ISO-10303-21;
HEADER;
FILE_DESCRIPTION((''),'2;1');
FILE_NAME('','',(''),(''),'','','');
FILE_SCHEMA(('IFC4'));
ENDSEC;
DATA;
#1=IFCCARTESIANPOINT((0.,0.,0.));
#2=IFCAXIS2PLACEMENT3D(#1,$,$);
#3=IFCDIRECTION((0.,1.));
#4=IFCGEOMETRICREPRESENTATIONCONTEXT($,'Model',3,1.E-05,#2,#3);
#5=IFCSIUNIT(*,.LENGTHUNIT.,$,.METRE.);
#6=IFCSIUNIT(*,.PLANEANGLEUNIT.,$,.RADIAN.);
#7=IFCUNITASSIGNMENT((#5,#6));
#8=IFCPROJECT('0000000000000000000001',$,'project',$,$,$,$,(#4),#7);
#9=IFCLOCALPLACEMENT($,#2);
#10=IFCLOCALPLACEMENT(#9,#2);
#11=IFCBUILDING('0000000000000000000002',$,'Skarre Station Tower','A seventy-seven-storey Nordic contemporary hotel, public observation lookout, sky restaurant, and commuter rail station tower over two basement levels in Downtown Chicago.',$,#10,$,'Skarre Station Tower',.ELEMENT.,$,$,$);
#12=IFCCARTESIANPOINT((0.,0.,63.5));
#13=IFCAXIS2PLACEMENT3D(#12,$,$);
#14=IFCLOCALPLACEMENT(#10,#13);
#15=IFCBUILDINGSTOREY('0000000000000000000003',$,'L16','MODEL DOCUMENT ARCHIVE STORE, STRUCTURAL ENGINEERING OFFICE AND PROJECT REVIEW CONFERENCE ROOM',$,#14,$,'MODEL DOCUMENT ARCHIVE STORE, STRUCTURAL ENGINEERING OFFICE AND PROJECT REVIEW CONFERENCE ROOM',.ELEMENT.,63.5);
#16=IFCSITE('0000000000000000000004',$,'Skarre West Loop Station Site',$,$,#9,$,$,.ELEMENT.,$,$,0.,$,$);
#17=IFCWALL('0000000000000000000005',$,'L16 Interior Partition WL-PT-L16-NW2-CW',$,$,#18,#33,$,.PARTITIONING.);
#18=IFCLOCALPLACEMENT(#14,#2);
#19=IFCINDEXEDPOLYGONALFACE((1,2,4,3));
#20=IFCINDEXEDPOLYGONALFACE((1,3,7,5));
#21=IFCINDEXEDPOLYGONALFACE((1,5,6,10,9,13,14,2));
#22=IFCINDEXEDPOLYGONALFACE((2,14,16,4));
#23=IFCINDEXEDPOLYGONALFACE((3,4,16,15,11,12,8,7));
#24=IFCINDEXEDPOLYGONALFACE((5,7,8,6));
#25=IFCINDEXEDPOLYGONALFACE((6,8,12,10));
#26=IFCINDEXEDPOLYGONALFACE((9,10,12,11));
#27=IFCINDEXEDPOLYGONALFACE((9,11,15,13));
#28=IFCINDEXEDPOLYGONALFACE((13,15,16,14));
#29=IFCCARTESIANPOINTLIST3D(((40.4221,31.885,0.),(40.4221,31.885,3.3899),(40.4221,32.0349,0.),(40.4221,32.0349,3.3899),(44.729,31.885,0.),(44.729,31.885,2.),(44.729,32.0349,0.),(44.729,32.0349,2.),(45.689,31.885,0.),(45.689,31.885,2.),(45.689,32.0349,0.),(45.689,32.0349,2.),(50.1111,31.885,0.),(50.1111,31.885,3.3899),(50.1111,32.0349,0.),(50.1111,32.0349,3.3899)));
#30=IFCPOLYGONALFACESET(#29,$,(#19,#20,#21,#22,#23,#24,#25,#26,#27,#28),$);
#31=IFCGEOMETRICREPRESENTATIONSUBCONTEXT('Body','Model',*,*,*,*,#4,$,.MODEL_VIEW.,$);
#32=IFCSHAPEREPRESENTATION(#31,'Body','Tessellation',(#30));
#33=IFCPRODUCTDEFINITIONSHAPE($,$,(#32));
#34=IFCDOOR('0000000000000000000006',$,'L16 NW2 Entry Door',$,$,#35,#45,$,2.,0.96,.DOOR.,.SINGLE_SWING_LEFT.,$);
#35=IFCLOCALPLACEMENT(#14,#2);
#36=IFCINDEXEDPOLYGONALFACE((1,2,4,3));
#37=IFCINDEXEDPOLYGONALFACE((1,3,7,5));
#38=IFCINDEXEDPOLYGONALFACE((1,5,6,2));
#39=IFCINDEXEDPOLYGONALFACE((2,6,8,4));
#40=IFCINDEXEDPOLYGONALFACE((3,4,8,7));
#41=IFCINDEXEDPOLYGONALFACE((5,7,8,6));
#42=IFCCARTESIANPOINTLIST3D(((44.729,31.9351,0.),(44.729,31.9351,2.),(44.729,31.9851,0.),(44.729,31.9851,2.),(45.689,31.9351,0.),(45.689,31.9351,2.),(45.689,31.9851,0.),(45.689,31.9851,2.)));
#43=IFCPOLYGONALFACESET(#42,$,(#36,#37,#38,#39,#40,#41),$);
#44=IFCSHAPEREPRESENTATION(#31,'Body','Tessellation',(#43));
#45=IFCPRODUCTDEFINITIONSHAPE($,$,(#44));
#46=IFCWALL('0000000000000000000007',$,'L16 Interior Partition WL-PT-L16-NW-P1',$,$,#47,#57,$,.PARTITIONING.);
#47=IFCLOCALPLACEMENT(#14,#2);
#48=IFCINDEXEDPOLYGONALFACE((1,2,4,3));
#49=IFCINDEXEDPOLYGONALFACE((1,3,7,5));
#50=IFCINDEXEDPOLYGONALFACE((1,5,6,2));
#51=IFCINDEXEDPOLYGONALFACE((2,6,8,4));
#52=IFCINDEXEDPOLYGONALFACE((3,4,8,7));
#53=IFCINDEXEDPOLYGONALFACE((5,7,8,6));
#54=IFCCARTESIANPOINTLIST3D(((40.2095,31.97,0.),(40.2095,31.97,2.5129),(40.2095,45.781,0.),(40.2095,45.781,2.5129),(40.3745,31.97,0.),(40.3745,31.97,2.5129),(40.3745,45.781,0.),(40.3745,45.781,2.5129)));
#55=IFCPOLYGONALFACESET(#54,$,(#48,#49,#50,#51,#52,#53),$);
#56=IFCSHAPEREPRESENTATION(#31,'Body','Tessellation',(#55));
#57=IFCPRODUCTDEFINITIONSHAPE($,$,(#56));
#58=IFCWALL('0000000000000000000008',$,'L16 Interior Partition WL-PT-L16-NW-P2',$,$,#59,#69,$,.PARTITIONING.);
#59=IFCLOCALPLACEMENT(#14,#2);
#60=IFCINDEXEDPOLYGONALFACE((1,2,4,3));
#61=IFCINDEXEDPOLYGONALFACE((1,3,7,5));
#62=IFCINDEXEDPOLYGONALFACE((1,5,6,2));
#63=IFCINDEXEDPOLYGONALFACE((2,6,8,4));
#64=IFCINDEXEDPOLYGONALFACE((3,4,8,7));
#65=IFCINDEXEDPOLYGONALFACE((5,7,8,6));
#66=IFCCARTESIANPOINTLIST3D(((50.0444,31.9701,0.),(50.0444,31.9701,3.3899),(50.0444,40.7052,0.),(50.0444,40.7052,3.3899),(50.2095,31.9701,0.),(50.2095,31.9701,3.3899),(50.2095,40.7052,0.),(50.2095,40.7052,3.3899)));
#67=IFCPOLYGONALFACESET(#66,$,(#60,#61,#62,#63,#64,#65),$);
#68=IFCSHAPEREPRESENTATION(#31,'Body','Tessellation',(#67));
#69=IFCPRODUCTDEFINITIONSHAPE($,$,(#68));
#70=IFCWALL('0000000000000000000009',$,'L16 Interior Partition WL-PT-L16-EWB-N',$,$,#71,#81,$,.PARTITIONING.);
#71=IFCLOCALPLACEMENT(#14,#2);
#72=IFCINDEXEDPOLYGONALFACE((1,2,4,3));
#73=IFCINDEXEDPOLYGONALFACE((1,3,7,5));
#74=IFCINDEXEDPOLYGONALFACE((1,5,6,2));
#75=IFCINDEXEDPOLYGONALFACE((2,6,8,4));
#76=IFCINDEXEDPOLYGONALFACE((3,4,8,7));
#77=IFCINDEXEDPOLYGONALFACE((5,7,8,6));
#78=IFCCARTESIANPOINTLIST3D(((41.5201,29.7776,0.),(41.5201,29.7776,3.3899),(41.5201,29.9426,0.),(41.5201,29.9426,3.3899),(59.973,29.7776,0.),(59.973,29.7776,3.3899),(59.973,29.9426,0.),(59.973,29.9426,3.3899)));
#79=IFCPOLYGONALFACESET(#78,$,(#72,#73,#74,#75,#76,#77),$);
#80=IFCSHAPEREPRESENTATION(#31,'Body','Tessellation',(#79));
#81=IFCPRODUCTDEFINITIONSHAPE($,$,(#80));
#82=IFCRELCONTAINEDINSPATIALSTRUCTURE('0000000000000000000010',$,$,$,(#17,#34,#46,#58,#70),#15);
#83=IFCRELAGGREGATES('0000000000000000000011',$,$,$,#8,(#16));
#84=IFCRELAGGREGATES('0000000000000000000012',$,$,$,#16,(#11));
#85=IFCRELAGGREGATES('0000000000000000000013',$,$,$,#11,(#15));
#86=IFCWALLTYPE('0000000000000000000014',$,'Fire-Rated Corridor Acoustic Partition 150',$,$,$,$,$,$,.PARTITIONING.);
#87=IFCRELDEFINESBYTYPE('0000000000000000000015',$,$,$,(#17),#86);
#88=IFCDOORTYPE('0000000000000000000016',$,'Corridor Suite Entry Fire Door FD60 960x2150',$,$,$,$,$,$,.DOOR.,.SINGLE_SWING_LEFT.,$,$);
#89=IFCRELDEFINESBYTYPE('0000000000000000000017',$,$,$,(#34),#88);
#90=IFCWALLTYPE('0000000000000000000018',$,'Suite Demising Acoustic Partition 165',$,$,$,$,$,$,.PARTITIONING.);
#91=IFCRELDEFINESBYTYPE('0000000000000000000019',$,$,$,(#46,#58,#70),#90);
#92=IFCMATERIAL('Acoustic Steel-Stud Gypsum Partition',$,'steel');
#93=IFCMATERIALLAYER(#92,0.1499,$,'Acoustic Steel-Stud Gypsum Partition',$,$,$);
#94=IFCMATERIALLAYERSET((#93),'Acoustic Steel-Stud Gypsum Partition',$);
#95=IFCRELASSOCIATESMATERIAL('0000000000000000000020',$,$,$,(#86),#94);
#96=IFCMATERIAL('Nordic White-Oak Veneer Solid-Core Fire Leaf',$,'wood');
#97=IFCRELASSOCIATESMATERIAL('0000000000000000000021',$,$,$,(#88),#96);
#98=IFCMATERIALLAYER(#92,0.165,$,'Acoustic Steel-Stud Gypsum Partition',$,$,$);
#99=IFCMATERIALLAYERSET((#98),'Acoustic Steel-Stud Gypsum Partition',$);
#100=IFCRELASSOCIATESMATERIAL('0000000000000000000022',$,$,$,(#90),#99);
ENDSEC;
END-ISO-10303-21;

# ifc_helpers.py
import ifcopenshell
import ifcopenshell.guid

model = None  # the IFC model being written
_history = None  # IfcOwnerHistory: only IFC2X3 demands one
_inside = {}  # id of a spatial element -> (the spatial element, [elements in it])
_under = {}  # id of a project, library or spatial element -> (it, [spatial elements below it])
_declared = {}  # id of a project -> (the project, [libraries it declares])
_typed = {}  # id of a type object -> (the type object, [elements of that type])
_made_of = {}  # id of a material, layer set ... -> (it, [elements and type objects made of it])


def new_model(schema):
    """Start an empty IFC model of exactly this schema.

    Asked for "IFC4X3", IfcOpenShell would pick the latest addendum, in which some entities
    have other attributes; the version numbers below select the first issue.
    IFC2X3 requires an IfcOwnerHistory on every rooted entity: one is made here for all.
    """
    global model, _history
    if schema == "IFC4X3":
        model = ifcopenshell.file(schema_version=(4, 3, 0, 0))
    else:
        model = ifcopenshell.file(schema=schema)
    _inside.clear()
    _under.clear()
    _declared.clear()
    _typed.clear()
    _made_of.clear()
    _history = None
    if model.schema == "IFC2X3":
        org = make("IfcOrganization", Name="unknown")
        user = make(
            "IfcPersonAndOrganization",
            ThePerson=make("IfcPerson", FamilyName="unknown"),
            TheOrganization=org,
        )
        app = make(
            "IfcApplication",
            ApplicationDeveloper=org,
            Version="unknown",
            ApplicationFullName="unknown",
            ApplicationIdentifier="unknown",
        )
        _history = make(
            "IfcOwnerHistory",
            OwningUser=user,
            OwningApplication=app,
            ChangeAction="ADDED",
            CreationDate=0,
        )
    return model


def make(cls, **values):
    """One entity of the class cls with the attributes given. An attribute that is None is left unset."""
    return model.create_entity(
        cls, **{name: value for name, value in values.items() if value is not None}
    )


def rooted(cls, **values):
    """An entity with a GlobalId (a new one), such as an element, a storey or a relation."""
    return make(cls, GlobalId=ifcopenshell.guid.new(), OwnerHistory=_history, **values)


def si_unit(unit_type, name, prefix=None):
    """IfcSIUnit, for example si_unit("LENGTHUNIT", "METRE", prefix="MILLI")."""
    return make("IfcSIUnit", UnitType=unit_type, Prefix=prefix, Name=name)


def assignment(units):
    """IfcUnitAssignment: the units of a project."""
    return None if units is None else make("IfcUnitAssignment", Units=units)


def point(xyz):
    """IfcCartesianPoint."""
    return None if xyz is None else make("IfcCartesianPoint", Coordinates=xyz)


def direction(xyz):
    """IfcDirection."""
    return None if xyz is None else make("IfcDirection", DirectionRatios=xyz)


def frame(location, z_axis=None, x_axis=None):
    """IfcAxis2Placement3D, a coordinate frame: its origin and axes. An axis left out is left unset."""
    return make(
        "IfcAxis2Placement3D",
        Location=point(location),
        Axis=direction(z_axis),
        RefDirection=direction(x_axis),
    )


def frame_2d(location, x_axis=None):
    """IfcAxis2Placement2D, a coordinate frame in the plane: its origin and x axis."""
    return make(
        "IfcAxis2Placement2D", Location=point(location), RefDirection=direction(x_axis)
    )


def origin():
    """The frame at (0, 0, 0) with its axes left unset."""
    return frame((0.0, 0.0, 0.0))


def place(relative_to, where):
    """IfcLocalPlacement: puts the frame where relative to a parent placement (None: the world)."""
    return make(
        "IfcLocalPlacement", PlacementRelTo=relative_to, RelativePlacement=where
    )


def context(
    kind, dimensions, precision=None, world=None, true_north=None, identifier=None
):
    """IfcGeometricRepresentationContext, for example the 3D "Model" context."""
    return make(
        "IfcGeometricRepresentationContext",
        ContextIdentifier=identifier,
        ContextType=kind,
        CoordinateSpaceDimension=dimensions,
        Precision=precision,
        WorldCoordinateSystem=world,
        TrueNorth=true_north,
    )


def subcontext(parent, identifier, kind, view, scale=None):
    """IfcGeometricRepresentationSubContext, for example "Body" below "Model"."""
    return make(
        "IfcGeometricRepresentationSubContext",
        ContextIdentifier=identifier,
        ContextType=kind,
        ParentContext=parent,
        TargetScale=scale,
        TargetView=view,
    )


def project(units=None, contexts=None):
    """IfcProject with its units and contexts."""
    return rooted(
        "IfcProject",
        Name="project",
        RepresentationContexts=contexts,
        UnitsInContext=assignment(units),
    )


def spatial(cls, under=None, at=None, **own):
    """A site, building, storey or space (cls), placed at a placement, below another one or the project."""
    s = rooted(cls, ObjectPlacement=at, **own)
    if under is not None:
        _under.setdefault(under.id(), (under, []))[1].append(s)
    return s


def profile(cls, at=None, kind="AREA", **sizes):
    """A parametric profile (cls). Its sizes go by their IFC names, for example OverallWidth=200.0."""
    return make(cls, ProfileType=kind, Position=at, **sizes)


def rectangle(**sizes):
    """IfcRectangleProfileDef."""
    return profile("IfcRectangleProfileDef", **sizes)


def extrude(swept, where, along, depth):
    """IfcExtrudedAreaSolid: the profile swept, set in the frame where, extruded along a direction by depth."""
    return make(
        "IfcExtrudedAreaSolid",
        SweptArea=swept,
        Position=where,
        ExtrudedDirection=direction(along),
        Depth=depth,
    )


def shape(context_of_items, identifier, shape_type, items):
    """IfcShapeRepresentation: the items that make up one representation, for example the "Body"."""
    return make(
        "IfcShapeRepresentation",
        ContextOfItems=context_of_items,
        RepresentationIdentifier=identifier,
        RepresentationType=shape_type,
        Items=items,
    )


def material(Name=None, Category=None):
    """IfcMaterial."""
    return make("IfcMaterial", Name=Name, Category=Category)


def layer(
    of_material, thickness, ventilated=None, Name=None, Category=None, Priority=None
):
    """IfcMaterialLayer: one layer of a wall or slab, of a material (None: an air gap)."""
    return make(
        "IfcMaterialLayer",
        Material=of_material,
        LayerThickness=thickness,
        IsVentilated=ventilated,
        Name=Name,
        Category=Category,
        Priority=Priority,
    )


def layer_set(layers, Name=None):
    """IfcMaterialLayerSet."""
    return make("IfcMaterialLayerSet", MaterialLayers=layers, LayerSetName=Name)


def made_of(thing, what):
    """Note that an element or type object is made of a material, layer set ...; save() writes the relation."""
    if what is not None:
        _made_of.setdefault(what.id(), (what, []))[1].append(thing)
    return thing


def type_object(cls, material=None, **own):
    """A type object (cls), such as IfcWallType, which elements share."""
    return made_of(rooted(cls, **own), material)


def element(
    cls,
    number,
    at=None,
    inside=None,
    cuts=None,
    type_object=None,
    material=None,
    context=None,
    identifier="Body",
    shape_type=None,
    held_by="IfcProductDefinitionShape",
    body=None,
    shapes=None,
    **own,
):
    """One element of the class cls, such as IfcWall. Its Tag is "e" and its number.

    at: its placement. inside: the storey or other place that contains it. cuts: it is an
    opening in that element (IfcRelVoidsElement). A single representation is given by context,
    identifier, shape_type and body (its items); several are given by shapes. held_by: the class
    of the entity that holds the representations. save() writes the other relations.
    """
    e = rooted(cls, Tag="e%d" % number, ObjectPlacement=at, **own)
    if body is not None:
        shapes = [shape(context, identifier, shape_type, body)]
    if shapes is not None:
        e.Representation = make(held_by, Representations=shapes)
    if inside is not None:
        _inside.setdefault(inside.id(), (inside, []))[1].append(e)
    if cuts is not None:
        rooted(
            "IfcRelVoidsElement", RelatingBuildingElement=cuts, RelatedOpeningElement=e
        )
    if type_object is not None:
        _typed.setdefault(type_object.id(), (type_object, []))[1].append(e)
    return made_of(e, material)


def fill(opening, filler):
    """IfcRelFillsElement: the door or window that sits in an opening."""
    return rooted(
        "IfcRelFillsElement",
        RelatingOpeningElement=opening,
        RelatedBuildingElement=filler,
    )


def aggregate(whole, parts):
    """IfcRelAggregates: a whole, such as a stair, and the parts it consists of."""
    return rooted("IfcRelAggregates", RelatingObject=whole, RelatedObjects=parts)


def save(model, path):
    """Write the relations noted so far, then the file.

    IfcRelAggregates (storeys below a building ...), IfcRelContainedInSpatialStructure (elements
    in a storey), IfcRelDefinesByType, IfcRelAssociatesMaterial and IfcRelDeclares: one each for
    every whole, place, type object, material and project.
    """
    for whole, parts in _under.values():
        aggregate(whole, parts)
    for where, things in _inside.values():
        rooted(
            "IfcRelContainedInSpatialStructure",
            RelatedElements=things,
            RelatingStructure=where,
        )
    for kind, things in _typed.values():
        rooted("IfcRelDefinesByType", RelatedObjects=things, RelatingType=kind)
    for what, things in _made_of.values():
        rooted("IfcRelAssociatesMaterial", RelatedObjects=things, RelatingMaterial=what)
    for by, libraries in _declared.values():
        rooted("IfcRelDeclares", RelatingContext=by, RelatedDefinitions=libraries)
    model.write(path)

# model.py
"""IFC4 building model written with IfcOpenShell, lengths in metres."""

from ifc_helpers import new_model, si_unit, direction, frame, frame_2d, origin, place, context, subcontext, project, spatial, rectangle, extrude, material, layer, layer_set, type_object, element, fill, save


model = new_model("IFC4")

# Units and contexts
model_context = context("Model", 3, precision=1e-05, world=origin(), true_north=direction((0.0, 1.0)))
body_context = subcontext(model_context, "Body", "Model", "MODEL_VIEW")
ifc_project = project(units=[si_unit("LENGTHUNIT", "METRE"), si_unit("PLANEANGLEUNIT", "RADIAN")], contexts=[model_context])

# Site, building, storey
site_placement = place(None, origin())
site = spatial("IfcSite", under=ifc_project, at=site_placement, Name="Skarre West Loop Station Site", CompositionType="ELEMENT", RefElevation=0.0)
building_placement = place(site_placement, origin())
building = spatial("IfcBuilding", under=site, at=building_placement, Name="Skarre Station Tower", Description="A seventy-seven-storey Nordic contemporary hotel, public observation lookout, sky restaurant, and commuter rail station tower over two basement levels in Downtown Chicago.", LongName="Skarre Station Tower", CompositionType="ELEMENT")
storey_placement = place(building_placement, frame((0.0, 0.0, 63.5)))
storey = spatial("IfcBuildingStorey", under=building, at=storey_placement, Name="L16", Description="MODEL DOCUMENT ARCHIVE STORE, STRUCTURAL ENGINEERING OFFICE AND PROJECT REVIEW CONFERENCE ROOM", LongName="MODEL DOCUMENT ARCHIVE STORE, STRUCTURAL ENGINEERING OFFICE AND PROJECT REVIEW CONFERENCE ROOM", CompositionType="ELEMENT", Elevation=63.5)

# Wall, opening, door
ifc_material_1 = material(Name="Acoustic Steel-Stud Gypsum Partition", Category="steel")
ifc_layer_1 = layer(ifc_material_1, 0.1499, Name="Acoustic Steel-Stud Gypsum Partition")
ifc_layer_set_1 = layer_set([ifc_layer_1], Name="Acoustic Steel-Stud Gypsum Partition")
wall_type_1 = type_object("IfcWallType", Name="Fire-Rated Corridor Acoustic Partition 150", PredefinedType="PARTITIONING", material=ifc_layer_set_1)
ifc_material_2 = material(Name="Nordic White-Oak Veneer Solid-Core Fire Leaf", Category="wood")
door_type = type_object("IfcDoorType", Name="Corridor Suite Entry Fire Door FD60 960x2150", OperationType="SINGLE_SWING_LEFT", PredefinedType="DOOR", material=ifc_material_2)
wall_1_placement = place(storey_placement, frame((50.1111, 31.96, 0.0), z_axis=(0.0, 0.0, 1.0), x_axis=(-1.0, 0.0, 0.0)))
wall_1 = element("IfcWall", 1, at=wall_1_placement, inside=storey, type_object=wall_type_1, Name="L16 Interior Partition WL-PT-L16-NW2-CW", PredefinedType="PARTITIONING", context=body_context, shape_type="SweptSolid", body=[
    extrude(rectangle(XDim=9.689, YDim=0.1499, at=frame_2d((4.8445, 0.0))), origin(), (0.0, 0.0, 1.0), 3.3899),
])
opening_1_placement = place(wall_1_placement, frame((4.4221, 0.0, 0.0)))
opening_1 = element("IfcOpeningElement", 2, at=opening_1_placement, cuts=wall_1, PredefinedType="OPENING", context=body_context, shape_type="SweptSolid", body=[
    extrude(rectangle(XDim=0.96, YDim=2.0, at=frame_2d((0.48, 1.0))), frame((0.0, 0.085, 0.0), z_axis=(0.0, -1.0, 0.0), x_axis=(1.0, 0.0, 0.0)), (0.0, 0.0, 1.0), 0.1699),
])
door_1_placement = place(opening_1_placement, origin())
door_1 = element("IfcDoor", 3, at=door_1_placement, inside=storey, type_object=door_type, Name="L16 NW2 Entry Door", OperationType="SINGLE_SWING_LEFT", OverallHeight=2.0, OverallWidth=0.96, PredefinedType="DOOR", context=body_context, shape_type="SweptSolid", body=[
    extrude(rectangle(XDim=0.96, YDim=2.0, at=frame_2d((0.48, 1.0))), frame((0.0, 0.0249, 0.0), z_axis=(0.0, -1.0, 0.0), x_axis=(1.0, 0.0, 0.0)), (0.0, 0.0, 1.0), 0.05),
])
fill(opening_1, door_1)

# Walls
ifc_layer_2 = layer(ifc_material_1, 0.165, Name="Acoustic Steel-Stud Gypsum Partition")
ifc_layer_set_2 = layer_set([ifc_layer_2], Name="Acoustic Steel-Stud Gypsum Partition")
wall_type_2 = type_object("IfcWallType", Name="Suite Demising Acoustic Partition 165", PredefinedType="PARTITIONING", material=ifc_layer_set_2)
wall_2_placement = place(storey_placement, frame((40.292, 31.97, 0.0), z_axis=(0.0, 0.0, 1.0), x_axis=(0.0, 1.0, 0.0)))
element("IfcWall", 4, at=wall_2_placement, inside=storey, type_object=wall_type_2, Name="L16 Interior Partition WL-PT-L16-NW-P1", PredefinedType="PARTITIONING", context=body_context, shape_type="SweptSolid", body=[
    extrude(rectangle(XDim=13.811, YDim=0.165, at=frame_2d((6.9055, 0.0))), origin(), (0.0, 0.0, 1.0), 2.5129),
])
wall_3_placement = place(storey_placement, frame((50.127, 31.97, 0.0), z_axis=(0.0, 0.0, 1.0), x_axis=(0.0, 1.0, 0.0)))
element("IfcWall", 5, at=wall_3_placement, inside=storey, type_object=wall_type_2, Name="L16 Interior Partition WL-PT-L16-NW-P2", PredefinedType="PARTITIONING", context=body_context, shape_type="SweptSolid", body=[
    extrude(rectangle(XDim=8.7351, YDim=0.165, at=frame_2d((4.3677, 0.0))), origin(), (0.0, 0.0, 1.0), 3.3899),
])
wall_4_placement = place(storey_placement, frame((41.52, 29.8601, 0.0), z_axis=(0.0, 0.0, 1.0), x_axis=(1.0, 0.0, 0.0)))
element("IfcWall", 6, at=wall_4_placement, inside=storey, type_object=wall_type_2, Name="L16 Interior Partition WL-PT-L16-EWB-N", PredefinedType="PARTITIONING", context=body_context, shape_type="SweptSolid", body=[
    extrude(rectangle(XDim=18.4529, YDim=0.165, at=frame_2d((9.2266, 0.0))), origin(), (0.0, 0.0, 1.0), 3.3899),
])

save(model, "model.ifc")
